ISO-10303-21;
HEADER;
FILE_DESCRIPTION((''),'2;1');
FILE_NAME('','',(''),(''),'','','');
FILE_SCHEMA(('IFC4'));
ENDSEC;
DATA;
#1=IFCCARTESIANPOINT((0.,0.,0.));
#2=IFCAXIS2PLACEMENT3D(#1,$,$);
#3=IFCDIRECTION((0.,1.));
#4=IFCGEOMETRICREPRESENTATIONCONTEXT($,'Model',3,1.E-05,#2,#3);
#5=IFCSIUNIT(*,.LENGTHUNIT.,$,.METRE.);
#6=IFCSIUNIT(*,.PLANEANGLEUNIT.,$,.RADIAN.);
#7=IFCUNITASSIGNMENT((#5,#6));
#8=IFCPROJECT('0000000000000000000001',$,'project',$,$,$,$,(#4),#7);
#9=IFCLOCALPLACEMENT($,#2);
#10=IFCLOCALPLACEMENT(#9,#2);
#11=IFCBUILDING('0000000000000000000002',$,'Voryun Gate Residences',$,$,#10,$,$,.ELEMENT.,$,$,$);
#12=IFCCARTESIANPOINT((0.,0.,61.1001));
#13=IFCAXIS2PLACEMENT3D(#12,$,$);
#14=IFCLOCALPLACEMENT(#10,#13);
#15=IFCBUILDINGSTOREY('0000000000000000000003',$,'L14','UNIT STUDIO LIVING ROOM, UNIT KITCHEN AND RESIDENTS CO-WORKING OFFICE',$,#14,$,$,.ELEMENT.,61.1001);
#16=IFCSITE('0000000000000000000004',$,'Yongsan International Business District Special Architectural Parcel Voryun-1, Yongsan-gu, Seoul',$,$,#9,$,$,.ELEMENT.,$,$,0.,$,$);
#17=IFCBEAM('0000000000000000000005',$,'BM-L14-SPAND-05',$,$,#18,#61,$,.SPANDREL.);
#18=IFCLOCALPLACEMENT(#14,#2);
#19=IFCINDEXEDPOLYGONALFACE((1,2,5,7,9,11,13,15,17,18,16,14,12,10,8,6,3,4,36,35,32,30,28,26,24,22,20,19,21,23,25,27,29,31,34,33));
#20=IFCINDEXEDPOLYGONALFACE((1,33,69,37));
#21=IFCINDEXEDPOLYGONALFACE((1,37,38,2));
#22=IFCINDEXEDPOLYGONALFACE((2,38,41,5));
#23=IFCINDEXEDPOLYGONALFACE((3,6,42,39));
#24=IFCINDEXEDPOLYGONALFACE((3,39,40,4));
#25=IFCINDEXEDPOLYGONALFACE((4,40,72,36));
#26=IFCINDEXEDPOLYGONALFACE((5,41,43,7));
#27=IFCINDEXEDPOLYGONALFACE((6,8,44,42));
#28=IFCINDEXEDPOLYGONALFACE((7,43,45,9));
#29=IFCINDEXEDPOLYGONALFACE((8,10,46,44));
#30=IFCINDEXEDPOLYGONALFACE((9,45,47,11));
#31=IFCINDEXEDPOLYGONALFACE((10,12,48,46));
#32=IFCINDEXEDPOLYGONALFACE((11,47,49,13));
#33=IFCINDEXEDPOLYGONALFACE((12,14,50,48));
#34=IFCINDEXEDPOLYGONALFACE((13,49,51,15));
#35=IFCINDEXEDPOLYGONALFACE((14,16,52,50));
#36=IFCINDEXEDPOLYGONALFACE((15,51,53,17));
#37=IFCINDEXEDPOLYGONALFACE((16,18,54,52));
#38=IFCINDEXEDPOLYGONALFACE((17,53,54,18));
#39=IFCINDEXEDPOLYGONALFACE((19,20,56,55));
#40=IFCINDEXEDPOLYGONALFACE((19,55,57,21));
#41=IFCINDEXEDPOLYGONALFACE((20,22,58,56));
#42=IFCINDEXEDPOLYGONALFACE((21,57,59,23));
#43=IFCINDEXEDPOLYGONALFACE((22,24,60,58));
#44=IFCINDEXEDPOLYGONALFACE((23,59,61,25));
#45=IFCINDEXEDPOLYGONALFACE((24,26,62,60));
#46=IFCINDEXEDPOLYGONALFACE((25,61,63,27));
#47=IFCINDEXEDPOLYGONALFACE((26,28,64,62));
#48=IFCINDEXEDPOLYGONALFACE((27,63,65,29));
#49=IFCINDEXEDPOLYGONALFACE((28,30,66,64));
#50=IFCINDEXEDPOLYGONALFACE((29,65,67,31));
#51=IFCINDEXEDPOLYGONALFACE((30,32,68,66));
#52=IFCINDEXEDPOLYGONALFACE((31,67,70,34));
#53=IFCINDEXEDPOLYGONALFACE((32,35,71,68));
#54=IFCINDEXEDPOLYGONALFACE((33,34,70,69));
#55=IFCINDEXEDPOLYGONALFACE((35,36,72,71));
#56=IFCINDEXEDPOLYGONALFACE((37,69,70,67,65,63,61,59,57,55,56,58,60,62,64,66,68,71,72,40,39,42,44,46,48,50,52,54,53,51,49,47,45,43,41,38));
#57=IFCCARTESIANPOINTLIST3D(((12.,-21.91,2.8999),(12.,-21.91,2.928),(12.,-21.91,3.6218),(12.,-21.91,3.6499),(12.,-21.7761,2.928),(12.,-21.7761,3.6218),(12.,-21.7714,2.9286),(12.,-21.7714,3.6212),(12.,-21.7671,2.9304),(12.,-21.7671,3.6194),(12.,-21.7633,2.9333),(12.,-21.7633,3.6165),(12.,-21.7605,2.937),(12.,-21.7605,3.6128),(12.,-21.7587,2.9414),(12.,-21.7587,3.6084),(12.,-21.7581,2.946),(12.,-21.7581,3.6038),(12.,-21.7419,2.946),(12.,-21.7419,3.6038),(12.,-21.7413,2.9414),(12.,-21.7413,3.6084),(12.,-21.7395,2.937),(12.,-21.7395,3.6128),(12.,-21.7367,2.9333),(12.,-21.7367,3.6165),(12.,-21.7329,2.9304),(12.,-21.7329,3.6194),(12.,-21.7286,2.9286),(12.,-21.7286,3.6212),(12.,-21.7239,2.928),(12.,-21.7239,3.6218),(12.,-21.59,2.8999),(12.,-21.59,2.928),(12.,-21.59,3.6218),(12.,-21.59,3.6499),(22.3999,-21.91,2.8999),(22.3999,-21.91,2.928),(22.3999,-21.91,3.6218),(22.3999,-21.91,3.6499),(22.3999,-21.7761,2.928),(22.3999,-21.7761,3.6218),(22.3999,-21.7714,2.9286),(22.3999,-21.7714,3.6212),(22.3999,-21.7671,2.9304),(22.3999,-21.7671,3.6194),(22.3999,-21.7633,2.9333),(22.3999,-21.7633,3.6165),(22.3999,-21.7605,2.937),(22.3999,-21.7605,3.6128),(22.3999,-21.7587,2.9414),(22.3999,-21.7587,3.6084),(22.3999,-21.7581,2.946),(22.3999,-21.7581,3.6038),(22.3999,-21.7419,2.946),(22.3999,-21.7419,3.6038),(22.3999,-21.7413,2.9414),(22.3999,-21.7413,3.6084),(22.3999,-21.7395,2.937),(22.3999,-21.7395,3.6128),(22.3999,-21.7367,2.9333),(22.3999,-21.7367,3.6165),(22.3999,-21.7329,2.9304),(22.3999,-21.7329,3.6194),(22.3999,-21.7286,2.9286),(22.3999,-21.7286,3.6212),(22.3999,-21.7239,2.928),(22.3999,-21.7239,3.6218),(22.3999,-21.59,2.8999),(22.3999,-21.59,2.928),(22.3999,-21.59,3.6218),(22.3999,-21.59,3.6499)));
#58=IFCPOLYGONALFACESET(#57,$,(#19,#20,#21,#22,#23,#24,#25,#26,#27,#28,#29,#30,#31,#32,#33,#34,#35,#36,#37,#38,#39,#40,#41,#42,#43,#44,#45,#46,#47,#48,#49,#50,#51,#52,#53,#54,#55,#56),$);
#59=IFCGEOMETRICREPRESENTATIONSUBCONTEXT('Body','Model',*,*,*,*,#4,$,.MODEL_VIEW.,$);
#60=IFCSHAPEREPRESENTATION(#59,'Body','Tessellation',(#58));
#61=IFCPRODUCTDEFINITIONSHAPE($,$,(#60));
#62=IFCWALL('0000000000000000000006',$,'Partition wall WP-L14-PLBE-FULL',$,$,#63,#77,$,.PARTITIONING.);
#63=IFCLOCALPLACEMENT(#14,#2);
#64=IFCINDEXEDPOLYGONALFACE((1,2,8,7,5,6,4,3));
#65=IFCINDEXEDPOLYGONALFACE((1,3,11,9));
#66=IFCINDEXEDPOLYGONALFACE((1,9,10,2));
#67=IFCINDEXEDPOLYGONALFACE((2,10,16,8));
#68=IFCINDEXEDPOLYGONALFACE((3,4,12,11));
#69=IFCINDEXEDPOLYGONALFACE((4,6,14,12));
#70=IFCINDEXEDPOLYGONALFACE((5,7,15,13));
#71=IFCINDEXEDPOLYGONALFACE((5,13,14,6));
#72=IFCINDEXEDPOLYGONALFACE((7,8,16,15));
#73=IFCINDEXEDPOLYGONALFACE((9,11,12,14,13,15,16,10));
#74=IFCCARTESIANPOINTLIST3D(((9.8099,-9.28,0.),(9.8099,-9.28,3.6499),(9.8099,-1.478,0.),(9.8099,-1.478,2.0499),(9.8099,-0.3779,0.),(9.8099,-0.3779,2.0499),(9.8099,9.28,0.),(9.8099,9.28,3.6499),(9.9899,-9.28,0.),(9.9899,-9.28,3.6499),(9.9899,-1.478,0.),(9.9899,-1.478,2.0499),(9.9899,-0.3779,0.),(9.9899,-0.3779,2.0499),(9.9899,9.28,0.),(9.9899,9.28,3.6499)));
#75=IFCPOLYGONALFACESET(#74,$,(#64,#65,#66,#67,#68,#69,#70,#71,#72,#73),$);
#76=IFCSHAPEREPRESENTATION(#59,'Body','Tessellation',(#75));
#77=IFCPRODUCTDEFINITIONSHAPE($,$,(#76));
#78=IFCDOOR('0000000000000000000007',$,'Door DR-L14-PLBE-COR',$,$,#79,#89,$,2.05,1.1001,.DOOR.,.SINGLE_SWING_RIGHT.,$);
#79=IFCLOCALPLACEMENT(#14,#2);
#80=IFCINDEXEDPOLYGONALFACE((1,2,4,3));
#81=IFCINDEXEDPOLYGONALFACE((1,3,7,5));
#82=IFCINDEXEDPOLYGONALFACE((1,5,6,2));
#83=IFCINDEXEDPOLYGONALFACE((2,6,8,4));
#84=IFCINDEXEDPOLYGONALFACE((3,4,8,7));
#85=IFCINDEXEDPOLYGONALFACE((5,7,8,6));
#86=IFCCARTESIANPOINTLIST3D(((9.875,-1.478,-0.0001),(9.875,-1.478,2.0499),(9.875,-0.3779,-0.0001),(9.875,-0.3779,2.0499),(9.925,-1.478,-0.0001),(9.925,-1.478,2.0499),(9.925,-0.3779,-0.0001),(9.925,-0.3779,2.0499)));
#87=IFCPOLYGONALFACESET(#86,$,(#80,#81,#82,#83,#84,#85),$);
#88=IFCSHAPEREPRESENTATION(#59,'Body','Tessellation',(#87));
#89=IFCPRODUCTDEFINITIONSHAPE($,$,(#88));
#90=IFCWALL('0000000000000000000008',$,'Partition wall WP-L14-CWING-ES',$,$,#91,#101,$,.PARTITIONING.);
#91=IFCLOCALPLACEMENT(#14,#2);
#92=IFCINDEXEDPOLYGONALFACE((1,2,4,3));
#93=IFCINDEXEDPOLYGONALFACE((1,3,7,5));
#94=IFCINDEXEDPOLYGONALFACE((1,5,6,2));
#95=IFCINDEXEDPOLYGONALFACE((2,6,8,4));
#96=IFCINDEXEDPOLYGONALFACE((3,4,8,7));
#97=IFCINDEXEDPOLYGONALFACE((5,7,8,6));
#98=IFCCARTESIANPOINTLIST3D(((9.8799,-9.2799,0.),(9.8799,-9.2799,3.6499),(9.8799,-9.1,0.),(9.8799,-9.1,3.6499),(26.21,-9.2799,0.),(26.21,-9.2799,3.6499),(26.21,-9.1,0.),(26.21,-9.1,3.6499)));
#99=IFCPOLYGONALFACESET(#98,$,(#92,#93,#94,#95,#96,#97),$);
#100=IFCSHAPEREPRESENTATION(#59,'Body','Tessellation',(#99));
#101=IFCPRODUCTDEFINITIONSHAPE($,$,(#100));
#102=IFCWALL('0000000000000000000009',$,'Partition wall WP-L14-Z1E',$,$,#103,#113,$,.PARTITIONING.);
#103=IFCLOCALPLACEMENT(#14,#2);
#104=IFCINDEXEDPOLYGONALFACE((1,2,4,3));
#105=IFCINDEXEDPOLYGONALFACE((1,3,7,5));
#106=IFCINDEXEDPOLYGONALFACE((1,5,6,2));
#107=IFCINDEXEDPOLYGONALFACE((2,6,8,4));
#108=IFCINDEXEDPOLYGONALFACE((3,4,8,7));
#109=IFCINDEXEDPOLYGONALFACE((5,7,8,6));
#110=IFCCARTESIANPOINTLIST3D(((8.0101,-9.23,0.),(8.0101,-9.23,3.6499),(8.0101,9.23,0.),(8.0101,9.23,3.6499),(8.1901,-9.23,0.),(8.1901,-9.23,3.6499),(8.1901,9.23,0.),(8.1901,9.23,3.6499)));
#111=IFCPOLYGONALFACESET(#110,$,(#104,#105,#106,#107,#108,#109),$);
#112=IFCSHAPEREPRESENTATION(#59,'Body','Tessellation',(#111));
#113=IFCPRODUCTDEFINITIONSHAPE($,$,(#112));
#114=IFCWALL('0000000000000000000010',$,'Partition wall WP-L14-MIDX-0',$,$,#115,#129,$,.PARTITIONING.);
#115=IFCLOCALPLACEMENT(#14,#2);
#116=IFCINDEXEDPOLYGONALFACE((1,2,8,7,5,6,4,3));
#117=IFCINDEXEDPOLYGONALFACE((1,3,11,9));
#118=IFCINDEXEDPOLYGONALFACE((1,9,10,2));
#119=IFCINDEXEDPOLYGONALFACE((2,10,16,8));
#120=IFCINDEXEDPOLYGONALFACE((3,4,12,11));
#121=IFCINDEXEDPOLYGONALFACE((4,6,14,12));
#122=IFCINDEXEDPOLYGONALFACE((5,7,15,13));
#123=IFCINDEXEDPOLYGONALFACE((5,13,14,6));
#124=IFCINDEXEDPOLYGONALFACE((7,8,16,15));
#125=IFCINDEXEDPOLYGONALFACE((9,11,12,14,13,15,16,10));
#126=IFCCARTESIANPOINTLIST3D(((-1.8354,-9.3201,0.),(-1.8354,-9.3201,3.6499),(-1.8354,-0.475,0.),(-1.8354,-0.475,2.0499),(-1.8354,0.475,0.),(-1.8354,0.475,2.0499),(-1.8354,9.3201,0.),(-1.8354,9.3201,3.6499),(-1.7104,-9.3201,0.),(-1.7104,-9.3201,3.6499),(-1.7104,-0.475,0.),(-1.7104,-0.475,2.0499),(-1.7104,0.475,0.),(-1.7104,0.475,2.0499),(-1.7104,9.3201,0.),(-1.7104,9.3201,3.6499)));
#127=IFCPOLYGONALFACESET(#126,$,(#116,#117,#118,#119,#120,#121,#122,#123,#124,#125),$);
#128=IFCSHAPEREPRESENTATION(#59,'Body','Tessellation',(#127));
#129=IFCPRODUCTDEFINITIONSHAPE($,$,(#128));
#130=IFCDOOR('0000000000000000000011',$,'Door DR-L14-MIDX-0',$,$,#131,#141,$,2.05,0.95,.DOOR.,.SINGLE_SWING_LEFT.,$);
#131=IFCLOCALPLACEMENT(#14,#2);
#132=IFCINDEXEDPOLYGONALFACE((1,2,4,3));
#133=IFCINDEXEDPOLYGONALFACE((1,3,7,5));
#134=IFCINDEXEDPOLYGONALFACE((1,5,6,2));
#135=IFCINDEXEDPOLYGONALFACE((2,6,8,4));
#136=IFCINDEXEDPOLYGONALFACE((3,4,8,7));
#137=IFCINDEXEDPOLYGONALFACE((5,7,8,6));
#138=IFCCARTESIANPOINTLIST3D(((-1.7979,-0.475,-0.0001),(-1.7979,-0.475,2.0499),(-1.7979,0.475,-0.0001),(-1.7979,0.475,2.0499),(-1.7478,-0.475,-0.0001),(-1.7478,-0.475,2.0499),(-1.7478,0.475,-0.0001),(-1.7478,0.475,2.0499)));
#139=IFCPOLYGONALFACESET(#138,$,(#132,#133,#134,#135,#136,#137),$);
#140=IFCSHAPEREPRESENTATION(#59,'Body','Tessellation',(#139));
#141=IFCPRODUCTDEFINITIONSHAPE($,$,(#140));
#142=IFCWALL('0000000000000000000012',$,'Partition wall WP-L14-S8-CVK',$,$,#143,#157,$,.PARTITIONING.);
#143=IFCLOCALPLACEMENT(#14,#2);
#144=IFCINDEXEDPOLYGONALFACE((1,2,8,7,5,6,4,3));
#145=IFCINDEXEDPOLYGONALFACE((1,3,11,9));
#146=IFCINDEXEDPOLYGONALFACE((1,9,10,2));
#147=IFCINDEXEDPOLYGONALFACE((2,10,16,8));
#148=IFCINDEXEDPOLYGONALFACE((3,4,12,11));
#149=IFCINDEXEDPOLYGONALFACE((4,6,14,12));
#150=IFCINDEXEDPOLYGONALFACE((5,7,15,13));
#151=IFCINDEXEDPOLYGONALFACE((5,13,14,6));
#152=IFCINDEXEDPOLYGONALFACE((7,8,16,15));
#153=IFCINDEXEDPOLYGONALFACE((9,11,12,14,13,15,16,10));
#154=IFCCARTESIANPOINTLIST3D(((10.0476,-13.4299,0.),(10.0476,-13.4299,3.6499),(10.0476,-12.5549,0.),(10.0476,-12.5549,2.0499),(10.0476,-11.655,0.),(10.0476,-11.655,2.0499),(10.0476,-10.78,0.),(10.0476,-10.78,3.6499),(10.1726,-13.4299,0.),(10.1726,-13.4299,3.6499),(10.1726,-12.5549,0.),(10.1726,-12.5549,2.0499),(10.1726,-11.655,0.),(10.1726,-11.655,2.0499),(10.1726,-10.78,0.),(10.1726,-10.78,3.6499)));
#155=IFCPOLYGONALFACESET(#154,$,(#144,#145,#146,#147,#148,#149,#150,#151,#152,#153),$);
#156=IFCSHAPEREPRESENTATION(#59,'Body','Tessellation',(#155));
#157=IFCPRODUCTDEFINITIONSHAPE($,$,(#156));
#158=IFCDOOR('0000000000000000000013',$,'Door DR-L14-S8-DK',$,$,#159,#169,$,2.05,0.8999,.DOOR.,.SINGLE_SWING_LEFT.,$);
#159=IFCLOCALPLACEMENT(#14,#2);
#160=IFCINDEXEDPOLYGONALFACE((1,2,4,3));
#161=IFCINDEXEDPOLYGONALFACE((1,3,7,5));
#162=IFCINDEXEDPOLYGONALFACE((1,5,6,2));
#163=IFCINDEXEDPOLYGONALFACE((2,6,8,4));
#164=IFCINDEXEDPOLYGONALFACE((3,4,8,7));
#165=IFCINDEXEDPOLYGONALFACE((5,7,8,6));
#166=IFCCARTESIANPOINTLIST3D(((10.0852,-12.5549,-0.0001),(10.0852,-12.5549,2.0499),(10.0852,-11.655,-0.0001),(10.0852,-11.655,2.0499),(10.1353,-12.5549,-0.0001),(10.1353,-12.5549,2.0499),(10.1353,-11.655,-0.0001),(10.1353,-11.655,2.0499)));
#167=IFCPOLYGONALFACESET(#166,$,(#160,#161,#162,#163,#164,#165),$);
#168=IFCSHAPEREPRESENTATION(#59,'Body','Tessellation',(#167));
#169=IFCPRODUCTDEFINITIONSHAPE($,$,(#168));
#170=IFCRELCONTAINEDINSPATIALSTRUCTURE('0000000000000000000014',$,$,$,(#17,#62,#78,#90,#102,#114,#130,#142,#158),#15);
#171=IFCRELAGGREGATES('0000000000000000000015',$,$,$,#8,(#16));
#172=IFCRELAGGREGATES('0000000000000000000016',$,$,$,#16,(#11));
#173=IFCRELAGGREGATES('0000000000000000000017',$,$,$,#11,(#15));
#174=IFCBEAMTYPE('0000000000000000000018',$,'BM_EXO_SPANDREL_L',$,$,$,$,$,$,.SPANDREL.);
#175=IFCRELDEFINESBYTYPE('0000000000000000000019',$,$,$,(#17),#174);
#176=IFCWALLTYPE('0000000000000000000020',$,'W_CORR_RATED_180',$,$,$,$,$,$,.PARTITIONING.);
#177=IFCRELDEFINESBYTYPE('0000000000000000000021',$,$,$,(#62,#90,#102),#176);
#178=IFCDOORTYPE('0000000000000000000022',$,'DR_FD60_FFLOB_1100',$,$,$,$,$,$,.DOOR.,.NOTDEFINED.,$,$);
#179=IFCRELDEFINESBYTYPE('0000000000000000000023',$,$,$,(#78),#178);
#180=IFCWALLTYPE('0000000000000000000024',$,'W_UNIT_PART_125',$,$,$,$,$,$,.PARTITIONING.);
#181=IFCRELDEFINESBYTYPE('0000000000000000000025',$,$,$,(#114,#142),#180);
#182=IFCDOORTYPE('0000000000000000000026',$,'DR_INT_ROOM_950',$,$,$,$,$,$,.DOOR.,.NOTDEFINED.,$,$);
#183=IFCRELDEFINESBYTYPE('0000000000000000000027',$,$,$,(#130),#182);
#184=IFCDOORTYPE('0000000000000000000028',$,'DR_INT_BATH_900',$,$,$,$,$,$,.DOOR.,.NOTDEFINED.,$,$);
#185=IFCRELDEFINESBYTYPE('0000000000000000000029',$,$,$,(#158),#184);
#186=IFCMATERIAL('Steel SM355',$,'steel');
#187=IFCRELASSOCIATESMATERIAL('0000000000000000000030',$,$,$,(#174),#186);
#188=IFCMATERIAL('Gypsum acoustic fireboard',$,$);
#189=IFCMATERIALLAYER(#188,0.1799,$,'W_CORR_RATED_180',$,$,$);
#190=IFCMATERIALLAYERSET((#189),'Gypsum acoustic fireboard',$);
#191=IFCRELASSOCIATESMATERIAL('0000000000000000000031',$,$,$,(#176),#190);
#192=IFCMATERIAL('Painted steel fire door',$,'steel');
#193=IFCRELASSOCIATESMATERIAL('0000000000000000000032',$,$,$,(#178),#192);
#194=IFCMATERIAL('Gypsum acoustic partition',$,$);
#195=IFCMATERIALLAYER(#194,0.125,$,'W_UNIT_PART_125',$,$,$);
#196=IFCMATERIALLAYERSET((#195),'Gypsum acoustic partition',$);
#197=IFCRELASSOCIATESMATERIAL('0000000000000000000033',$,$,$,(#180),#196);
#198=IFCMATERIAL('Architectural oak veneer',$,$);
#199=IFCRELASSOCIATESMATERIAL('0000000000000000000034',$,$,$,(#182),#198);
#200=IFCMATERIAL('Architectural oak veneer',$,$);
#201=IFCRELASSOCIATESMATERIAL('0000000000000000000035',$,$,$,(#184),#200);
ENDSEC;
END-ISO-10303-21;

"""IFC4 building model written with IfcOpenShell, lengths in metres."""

from ifc_helpers import new_model, si_unit, direction, frame, frame_2d, origin, origin_2d, place, context, subcontext, project, spatial, rectangle, i_section, extrude, material, layer, layer_set, material_profile, profile_set, type_object, element, fill, save


model = new_model("IFC4")

# Units and contexts
model_context = context("Model", 3, precision=1e-05, world=origin(), true_north=direction((0.0, 1.0)))
body_context = subcontext(model_context, "Body", "Model", "MODEL_VIEW")
ifc_project = project(units=[si_unit("LENGTHUNIT", "METRE"), si_unit("PLANEANGLEUNIT", "RADIAN")], contexts=[model_context])

# Site, building, storey
site_placement = place(None, origin())
site = spatial("IfcSite", under=ifc_project, at=site_placement, Name="Yongsan International Business District Special Architectural Parcel Voryun-1, Yongsan-gu, Seoul", CompositionType="ELEMENT", RefElevation=0.0)
building_placement = place(site_placement, origin())
building = spatial("IfcBuilding", under=site, at=building_placement, Name="Voryun Gate Residences", CompositionType="ELEMENT")
storey_placement = place(building_placement, frame((0.0, 0.0, 61.1001)))
storey = spatial("IfcBuildingStorey", under=building, at=storey_placement, Name="L14", Description="UNIT STUDIO LIVING ROOM, UNIT KITCHEN AND RESIDENTS CO-WORKING OFFICE", CompositionType="ELEMENT", Elevation=61.1001)

# Beam
ifc_material_1 = material(Name="Steel SM355", Category="steel")
ifc_material_profile = material_profile(ifc_material_1, i_section(OverallWidth=0.3201, OverallDepth=0.75, WebThickness=0.0161, FlangeThickness=0.0281, FilletRadius=0.0181, at=origin_2d()), Name="H-750x320x16x28")
ifc_profile_set = profile_set([ifc_material_profile], Name="Steel SM355")
beam_type = type_object("IfcBeamType", Name="BM_EXO_SPANDREL_L", PredefinedType="SPANDREL", material=ifc_profile_set)
beam_placement = place(storey_placement, frame((12.0, -21.75, 3.2749), z_axis=(1.0, 0.0, 0.0), x_axis=(0.0, 1.0, 0.0)))
element("IfcBeam", 1, at=beam_placement, inside=storey, type_object=beam_type, Name="BM-L14-SPAND-05", PredefinedType="SPANDREL", context=body_context, shape_type="SweptSolid", body=[
    extrude(i_section(OverallWidth=0.3201, OverallDepth=0.75, WebThickness=0.0161, FlangeThickness=0.0281, FilletRadius=0.0181, at=origin_2d()), origin(), (0.0, 0.0, 1.0), 10.3999),
])

# Wall, opening, door
ifc_material_2 = material(Name="Gypsum acoustic fireboard")
ifc_layer_1 = layer(ifc_material_2, 0.1799, Name="W_CORR_RATED_180")
ifc_layer_set_1 = layer_set([ifc_layer_1], Name="Gypsum acoustic fireboard")
wall_type_1 = type_object("IfcWallType", Name="W_CORR_RATED_180", PredefinedType="PARTITIONING", material=ifc_layer_set_1)
wall_1_placement = place(storey_placement, frame((9.8999, -9.28, 0.0), z_axis=(0.0, 0.0, 1.0), x_axis=(0.0, 1.0, 0.0)))
wall_1 = element("IfcWall", 2, at=wall_1_placement, inside=storey, type_object=wall_type_1, Name="Partition wall WP-L14-PLBE-FULL", PredefinedType="PARTITIONING", context=body_context, shape_type="SweptSolid", body=[
    extrude(rectangle(XDim=18.5601, YDim=0.1799, at=frame_2d((9.28, 0.0))), origin(), (0.0, 0.0, 1.0), 3.6499),
])
opening_1_placement = place(wall_1_placement, frame((7.802, 0.0, 0.0)))
opening_1 = element("IfcOpeningElement", 3, at=opening_1_placement, cuts=wall_1, PredefinedType="OPENING", context=body_context, shape_type="SweptSolid", body=[
    extrude(rectangle(XDim=1.1001, YDim=2.05, at=frame_2d((0.55, 1.0249))), frame((0.0, 0.0999, 0.0), z_axis=(0.0, -1.0, 0.0), x_axis=(1.0, 0.0, 0.0)), (0.0, 0.0, 1.0), 0.2),
])
ifc_material_3 = material(Name="Painted steel fire door", Category="steel")
door_type_1 = type_object("IfcDoorType", Name="DR_FD60_FFLOB_1100", OperationType="NOTDEFINED", PredefinedType="DOOR", material=ifc_material_3)
door_1_placement = place(opening_1_placement, origin())
door_1 = element("IfcDoor", 4, at=door_1_placement, inside=storey, type_object=door_type_1, Name="Door DR-L14-PLBE-COR", OperationType="SINGLE_SWING_RIGHT", OverallHeight=2.05, OverallWidth=1.1001, PredefinedType="DOOR", context=body_context, shape_type="SweptSolid", body=[
    extrude(rectangle(XDim=1.1001, YDim=2.05, at=frame_2d((0.55, 1.0249))), frame((0.0, 0.0249, 0.0), z_axis=(0.0, -1.0, 0.0), x_axis=(1.0, 0.0, 0.0)), (0.0, 0.0, 1.0), 0.05),
])
fill(opening_1, door_1)

# Walls
wall_2_placement = place(storey_placement, frame((9.8799, -9.1899, 0.0), z_axis=(0.0, 0.0, 1.0), x_axis=(1.0, 0.0, 0.0)))
element("IfcWall", 5, at=wall_2_placement, inside=storey, type_object=wall_type_1, Name="Partition wall WP-L14-CWING-ES", PredefinedType="PARTITIONING", context=body_context, shape_type="SweptSolid", body=[
    extrude(rectangle(XDim=16.3301, YDim=0.1799, at=frame_2d((8.165, 0.0))), origin(), (0.0, 0.0, 1.0), 3.6499),
])
wall_3_placement = place(storey_placement, frame((8.1001, -9.23, 0.0), z_axis=(0.0, 0.0, 1.0), x_axis=(0.0, 1.0, 0.0)))
element("IfcWall", 6, at=wall_3_placement, inside=storey, type_object=wall_type_1, Name="Partition wall WP-L14-Z1E", PredefinedType="PARTITIONING", context=body_context, shape_type="SweptSolid", body=[
    extrude(rectangle(XDim=18.46, YDim=0.1799, at=frame_2d((9.23, 0.0))), origin(), (0.0, 0.0, 1.0), 3.6499),
])

# Walls, openings, doors
ifc_material_4 = material(Name="Gypsum acoustic partition")
ifc_layer_2 = layer(ifc_material_4, 0.125, Name="W_UNIT_PART_125")
ifc_layer_set_2 = layer_set([ifc_layer_2], Name="Gypsum acoustic partition")
wall_type_2 = type_object("IfcWallType", Name="W_UNIT_PART_125", PredefinedType="PARTITIONING", material=ifc_layer_set_2)
wall_4_placement = place(storey_placement, frame((-1.7729, -9.3201, 0.0), z_axis=(0.0, 0.0, 1.0), x_axis=(0.0, 1.0, 0.0)))
wall_4 = element("IfcWall", 7, at=wall_4_placement, inside=storey, type_object=wall_type_2, Name="Partition wall WP-L14-MIDX-0", PredefinedType="PARTITIONING", context=body_context, shape_type="SweptSolid", body=[
    extrude(rectangle(XDim=18.6401, YDim=0.125, at=frame_2d((9.3201, 0.0))), origin(), (0.0, 0.0, 1.0), 3.6499),
])
opening_2_placement = place(wall_4_placement, frame((8.845, 0.0, 0.0)))
opening_2 = element("IfcOpeningElement", 8, at=opening_2_placement, cuts=wall_4, PredefinedType="OPENING", context=body_context, shape_type="SweptSolid", body=[
    extrude(rectangle(XDim=0.95, YDim=2.05, at=frame_2d((0.4751, 1.0249))), frame((0.0, 0.0725, 0.0), z_axis=(0.0, -1.0, 0.0), x_axis=(1.0, 0.0, 0.0)), (0.0, 0.0, 1.0), 0.145),
])
ifc_material_5 = material(Name="Architectural oak veneer")
door_type_2 = type_object("IfcDoorType", Name="DR_INT_ROOM_950", OperationType="NOTDEFINED", PredefinedType="DOOR", material=ifc_material_5)
door_2_placement = place(opening_2_placement, origin())
door_2 = element("IfcDoor", 9, at=door_2_placement, inside=storey, type_object=door_type_2, Name="Door DR-L14-MIDX-0", OperationType="SINGLE_SWING_LEFT", OverallHeight=2.05, OverallWidth=0.95, PredefinedType="DOOR", context=body_context, shape_type="SweptSolid", body=[
    extrude(rectangle(XDim=0.95, YDim=2.05, at=frame_2d((0.4751, 1.0249))), frame((0.0, 0.0249, 0.0), z_axis=(0.0, -1.0, 0.0), x_axis=(1.0, 0.0, 0.0)), (0.0, 0.0, 1.0), 0.05),
])
fill(opening_2, door_2)
wall_5_placement = place(storey_placement, frame((10.1101, -13.4299, 0.0), z_axis=(0.0, 0.0, 1.0), x_axis=(0.0, 1.0, 0.0)))
wall_5 = element("IfcWall", 10, at=wall_5_placement, inside=storey, type_object=wall_type_2, Name="Partition wall WP-L14-S8-CVK", PredefinedType="PARTITIONING", context=body_context, shape_type="SweptSolid", body=[
    extrude(rectangle(XDim=2.6499, YDim=0.125, at=frame_2d((1.325, 0.0))), origin(), (0.0, 0.0, 1.0), 3.6499),
])
opening_3_placement = place(wall_5_placement, frame((0.875, 0.0, 0.0)))
opening_3 = element("IfcOpeningElement", 11, at=opening_3_placement, cuts=wall_5, PredefinedType="OPENING", context=body_context, shape_type="SweptSolid", body=[
    extrude(rectangle(XDim=0.8999, YDim=2.05, at=frame_2d((0.45, 1.0249))), frame((0.0, 0.0725, 0.0), z_axis=(0.0, -1.0, 0.0), x_axis=(1.0, 0.0, 0.0)), (0.0, 0.0, 1.0), 0.145),
])
ifc_material_6 = material(Name="Architectural oak veneer")
door_type_3 = type_object("IfcDoorType", Name="DR_INT_BATH_900", OperationType="NOTDEFINED", PredefinedType="DOOR", material=ifc_material_6)
door_3_placement = place(opening_3_placement, origin())
door_3 = element("IfcDoor", 12, at=door_3_placement, inside=storey, type_object=door_type_3, Name="Door DR-L14-S8-DK", OperationType="SINGLE_SWING_LEFT", OverallHeight=2.05, OverallWidth=0.8999, PredefinedType="DOOR", context=body_context, shape_type="SweptSolid", body=[
    extrude(rectangle(XDim=0.8999, YDim=2.05, at=frame_2d((0.45, 1.0249))), frame((0.0, 0.0249, 0.0), z_axis=(0.0, -1.0, 0.0), x_axis=(1.0, 0.0, 0.0)), (0.0, 0.0, 1.0), 0.05),
])
fill(opening_3, door_3)

save(model, "model.ifc")
